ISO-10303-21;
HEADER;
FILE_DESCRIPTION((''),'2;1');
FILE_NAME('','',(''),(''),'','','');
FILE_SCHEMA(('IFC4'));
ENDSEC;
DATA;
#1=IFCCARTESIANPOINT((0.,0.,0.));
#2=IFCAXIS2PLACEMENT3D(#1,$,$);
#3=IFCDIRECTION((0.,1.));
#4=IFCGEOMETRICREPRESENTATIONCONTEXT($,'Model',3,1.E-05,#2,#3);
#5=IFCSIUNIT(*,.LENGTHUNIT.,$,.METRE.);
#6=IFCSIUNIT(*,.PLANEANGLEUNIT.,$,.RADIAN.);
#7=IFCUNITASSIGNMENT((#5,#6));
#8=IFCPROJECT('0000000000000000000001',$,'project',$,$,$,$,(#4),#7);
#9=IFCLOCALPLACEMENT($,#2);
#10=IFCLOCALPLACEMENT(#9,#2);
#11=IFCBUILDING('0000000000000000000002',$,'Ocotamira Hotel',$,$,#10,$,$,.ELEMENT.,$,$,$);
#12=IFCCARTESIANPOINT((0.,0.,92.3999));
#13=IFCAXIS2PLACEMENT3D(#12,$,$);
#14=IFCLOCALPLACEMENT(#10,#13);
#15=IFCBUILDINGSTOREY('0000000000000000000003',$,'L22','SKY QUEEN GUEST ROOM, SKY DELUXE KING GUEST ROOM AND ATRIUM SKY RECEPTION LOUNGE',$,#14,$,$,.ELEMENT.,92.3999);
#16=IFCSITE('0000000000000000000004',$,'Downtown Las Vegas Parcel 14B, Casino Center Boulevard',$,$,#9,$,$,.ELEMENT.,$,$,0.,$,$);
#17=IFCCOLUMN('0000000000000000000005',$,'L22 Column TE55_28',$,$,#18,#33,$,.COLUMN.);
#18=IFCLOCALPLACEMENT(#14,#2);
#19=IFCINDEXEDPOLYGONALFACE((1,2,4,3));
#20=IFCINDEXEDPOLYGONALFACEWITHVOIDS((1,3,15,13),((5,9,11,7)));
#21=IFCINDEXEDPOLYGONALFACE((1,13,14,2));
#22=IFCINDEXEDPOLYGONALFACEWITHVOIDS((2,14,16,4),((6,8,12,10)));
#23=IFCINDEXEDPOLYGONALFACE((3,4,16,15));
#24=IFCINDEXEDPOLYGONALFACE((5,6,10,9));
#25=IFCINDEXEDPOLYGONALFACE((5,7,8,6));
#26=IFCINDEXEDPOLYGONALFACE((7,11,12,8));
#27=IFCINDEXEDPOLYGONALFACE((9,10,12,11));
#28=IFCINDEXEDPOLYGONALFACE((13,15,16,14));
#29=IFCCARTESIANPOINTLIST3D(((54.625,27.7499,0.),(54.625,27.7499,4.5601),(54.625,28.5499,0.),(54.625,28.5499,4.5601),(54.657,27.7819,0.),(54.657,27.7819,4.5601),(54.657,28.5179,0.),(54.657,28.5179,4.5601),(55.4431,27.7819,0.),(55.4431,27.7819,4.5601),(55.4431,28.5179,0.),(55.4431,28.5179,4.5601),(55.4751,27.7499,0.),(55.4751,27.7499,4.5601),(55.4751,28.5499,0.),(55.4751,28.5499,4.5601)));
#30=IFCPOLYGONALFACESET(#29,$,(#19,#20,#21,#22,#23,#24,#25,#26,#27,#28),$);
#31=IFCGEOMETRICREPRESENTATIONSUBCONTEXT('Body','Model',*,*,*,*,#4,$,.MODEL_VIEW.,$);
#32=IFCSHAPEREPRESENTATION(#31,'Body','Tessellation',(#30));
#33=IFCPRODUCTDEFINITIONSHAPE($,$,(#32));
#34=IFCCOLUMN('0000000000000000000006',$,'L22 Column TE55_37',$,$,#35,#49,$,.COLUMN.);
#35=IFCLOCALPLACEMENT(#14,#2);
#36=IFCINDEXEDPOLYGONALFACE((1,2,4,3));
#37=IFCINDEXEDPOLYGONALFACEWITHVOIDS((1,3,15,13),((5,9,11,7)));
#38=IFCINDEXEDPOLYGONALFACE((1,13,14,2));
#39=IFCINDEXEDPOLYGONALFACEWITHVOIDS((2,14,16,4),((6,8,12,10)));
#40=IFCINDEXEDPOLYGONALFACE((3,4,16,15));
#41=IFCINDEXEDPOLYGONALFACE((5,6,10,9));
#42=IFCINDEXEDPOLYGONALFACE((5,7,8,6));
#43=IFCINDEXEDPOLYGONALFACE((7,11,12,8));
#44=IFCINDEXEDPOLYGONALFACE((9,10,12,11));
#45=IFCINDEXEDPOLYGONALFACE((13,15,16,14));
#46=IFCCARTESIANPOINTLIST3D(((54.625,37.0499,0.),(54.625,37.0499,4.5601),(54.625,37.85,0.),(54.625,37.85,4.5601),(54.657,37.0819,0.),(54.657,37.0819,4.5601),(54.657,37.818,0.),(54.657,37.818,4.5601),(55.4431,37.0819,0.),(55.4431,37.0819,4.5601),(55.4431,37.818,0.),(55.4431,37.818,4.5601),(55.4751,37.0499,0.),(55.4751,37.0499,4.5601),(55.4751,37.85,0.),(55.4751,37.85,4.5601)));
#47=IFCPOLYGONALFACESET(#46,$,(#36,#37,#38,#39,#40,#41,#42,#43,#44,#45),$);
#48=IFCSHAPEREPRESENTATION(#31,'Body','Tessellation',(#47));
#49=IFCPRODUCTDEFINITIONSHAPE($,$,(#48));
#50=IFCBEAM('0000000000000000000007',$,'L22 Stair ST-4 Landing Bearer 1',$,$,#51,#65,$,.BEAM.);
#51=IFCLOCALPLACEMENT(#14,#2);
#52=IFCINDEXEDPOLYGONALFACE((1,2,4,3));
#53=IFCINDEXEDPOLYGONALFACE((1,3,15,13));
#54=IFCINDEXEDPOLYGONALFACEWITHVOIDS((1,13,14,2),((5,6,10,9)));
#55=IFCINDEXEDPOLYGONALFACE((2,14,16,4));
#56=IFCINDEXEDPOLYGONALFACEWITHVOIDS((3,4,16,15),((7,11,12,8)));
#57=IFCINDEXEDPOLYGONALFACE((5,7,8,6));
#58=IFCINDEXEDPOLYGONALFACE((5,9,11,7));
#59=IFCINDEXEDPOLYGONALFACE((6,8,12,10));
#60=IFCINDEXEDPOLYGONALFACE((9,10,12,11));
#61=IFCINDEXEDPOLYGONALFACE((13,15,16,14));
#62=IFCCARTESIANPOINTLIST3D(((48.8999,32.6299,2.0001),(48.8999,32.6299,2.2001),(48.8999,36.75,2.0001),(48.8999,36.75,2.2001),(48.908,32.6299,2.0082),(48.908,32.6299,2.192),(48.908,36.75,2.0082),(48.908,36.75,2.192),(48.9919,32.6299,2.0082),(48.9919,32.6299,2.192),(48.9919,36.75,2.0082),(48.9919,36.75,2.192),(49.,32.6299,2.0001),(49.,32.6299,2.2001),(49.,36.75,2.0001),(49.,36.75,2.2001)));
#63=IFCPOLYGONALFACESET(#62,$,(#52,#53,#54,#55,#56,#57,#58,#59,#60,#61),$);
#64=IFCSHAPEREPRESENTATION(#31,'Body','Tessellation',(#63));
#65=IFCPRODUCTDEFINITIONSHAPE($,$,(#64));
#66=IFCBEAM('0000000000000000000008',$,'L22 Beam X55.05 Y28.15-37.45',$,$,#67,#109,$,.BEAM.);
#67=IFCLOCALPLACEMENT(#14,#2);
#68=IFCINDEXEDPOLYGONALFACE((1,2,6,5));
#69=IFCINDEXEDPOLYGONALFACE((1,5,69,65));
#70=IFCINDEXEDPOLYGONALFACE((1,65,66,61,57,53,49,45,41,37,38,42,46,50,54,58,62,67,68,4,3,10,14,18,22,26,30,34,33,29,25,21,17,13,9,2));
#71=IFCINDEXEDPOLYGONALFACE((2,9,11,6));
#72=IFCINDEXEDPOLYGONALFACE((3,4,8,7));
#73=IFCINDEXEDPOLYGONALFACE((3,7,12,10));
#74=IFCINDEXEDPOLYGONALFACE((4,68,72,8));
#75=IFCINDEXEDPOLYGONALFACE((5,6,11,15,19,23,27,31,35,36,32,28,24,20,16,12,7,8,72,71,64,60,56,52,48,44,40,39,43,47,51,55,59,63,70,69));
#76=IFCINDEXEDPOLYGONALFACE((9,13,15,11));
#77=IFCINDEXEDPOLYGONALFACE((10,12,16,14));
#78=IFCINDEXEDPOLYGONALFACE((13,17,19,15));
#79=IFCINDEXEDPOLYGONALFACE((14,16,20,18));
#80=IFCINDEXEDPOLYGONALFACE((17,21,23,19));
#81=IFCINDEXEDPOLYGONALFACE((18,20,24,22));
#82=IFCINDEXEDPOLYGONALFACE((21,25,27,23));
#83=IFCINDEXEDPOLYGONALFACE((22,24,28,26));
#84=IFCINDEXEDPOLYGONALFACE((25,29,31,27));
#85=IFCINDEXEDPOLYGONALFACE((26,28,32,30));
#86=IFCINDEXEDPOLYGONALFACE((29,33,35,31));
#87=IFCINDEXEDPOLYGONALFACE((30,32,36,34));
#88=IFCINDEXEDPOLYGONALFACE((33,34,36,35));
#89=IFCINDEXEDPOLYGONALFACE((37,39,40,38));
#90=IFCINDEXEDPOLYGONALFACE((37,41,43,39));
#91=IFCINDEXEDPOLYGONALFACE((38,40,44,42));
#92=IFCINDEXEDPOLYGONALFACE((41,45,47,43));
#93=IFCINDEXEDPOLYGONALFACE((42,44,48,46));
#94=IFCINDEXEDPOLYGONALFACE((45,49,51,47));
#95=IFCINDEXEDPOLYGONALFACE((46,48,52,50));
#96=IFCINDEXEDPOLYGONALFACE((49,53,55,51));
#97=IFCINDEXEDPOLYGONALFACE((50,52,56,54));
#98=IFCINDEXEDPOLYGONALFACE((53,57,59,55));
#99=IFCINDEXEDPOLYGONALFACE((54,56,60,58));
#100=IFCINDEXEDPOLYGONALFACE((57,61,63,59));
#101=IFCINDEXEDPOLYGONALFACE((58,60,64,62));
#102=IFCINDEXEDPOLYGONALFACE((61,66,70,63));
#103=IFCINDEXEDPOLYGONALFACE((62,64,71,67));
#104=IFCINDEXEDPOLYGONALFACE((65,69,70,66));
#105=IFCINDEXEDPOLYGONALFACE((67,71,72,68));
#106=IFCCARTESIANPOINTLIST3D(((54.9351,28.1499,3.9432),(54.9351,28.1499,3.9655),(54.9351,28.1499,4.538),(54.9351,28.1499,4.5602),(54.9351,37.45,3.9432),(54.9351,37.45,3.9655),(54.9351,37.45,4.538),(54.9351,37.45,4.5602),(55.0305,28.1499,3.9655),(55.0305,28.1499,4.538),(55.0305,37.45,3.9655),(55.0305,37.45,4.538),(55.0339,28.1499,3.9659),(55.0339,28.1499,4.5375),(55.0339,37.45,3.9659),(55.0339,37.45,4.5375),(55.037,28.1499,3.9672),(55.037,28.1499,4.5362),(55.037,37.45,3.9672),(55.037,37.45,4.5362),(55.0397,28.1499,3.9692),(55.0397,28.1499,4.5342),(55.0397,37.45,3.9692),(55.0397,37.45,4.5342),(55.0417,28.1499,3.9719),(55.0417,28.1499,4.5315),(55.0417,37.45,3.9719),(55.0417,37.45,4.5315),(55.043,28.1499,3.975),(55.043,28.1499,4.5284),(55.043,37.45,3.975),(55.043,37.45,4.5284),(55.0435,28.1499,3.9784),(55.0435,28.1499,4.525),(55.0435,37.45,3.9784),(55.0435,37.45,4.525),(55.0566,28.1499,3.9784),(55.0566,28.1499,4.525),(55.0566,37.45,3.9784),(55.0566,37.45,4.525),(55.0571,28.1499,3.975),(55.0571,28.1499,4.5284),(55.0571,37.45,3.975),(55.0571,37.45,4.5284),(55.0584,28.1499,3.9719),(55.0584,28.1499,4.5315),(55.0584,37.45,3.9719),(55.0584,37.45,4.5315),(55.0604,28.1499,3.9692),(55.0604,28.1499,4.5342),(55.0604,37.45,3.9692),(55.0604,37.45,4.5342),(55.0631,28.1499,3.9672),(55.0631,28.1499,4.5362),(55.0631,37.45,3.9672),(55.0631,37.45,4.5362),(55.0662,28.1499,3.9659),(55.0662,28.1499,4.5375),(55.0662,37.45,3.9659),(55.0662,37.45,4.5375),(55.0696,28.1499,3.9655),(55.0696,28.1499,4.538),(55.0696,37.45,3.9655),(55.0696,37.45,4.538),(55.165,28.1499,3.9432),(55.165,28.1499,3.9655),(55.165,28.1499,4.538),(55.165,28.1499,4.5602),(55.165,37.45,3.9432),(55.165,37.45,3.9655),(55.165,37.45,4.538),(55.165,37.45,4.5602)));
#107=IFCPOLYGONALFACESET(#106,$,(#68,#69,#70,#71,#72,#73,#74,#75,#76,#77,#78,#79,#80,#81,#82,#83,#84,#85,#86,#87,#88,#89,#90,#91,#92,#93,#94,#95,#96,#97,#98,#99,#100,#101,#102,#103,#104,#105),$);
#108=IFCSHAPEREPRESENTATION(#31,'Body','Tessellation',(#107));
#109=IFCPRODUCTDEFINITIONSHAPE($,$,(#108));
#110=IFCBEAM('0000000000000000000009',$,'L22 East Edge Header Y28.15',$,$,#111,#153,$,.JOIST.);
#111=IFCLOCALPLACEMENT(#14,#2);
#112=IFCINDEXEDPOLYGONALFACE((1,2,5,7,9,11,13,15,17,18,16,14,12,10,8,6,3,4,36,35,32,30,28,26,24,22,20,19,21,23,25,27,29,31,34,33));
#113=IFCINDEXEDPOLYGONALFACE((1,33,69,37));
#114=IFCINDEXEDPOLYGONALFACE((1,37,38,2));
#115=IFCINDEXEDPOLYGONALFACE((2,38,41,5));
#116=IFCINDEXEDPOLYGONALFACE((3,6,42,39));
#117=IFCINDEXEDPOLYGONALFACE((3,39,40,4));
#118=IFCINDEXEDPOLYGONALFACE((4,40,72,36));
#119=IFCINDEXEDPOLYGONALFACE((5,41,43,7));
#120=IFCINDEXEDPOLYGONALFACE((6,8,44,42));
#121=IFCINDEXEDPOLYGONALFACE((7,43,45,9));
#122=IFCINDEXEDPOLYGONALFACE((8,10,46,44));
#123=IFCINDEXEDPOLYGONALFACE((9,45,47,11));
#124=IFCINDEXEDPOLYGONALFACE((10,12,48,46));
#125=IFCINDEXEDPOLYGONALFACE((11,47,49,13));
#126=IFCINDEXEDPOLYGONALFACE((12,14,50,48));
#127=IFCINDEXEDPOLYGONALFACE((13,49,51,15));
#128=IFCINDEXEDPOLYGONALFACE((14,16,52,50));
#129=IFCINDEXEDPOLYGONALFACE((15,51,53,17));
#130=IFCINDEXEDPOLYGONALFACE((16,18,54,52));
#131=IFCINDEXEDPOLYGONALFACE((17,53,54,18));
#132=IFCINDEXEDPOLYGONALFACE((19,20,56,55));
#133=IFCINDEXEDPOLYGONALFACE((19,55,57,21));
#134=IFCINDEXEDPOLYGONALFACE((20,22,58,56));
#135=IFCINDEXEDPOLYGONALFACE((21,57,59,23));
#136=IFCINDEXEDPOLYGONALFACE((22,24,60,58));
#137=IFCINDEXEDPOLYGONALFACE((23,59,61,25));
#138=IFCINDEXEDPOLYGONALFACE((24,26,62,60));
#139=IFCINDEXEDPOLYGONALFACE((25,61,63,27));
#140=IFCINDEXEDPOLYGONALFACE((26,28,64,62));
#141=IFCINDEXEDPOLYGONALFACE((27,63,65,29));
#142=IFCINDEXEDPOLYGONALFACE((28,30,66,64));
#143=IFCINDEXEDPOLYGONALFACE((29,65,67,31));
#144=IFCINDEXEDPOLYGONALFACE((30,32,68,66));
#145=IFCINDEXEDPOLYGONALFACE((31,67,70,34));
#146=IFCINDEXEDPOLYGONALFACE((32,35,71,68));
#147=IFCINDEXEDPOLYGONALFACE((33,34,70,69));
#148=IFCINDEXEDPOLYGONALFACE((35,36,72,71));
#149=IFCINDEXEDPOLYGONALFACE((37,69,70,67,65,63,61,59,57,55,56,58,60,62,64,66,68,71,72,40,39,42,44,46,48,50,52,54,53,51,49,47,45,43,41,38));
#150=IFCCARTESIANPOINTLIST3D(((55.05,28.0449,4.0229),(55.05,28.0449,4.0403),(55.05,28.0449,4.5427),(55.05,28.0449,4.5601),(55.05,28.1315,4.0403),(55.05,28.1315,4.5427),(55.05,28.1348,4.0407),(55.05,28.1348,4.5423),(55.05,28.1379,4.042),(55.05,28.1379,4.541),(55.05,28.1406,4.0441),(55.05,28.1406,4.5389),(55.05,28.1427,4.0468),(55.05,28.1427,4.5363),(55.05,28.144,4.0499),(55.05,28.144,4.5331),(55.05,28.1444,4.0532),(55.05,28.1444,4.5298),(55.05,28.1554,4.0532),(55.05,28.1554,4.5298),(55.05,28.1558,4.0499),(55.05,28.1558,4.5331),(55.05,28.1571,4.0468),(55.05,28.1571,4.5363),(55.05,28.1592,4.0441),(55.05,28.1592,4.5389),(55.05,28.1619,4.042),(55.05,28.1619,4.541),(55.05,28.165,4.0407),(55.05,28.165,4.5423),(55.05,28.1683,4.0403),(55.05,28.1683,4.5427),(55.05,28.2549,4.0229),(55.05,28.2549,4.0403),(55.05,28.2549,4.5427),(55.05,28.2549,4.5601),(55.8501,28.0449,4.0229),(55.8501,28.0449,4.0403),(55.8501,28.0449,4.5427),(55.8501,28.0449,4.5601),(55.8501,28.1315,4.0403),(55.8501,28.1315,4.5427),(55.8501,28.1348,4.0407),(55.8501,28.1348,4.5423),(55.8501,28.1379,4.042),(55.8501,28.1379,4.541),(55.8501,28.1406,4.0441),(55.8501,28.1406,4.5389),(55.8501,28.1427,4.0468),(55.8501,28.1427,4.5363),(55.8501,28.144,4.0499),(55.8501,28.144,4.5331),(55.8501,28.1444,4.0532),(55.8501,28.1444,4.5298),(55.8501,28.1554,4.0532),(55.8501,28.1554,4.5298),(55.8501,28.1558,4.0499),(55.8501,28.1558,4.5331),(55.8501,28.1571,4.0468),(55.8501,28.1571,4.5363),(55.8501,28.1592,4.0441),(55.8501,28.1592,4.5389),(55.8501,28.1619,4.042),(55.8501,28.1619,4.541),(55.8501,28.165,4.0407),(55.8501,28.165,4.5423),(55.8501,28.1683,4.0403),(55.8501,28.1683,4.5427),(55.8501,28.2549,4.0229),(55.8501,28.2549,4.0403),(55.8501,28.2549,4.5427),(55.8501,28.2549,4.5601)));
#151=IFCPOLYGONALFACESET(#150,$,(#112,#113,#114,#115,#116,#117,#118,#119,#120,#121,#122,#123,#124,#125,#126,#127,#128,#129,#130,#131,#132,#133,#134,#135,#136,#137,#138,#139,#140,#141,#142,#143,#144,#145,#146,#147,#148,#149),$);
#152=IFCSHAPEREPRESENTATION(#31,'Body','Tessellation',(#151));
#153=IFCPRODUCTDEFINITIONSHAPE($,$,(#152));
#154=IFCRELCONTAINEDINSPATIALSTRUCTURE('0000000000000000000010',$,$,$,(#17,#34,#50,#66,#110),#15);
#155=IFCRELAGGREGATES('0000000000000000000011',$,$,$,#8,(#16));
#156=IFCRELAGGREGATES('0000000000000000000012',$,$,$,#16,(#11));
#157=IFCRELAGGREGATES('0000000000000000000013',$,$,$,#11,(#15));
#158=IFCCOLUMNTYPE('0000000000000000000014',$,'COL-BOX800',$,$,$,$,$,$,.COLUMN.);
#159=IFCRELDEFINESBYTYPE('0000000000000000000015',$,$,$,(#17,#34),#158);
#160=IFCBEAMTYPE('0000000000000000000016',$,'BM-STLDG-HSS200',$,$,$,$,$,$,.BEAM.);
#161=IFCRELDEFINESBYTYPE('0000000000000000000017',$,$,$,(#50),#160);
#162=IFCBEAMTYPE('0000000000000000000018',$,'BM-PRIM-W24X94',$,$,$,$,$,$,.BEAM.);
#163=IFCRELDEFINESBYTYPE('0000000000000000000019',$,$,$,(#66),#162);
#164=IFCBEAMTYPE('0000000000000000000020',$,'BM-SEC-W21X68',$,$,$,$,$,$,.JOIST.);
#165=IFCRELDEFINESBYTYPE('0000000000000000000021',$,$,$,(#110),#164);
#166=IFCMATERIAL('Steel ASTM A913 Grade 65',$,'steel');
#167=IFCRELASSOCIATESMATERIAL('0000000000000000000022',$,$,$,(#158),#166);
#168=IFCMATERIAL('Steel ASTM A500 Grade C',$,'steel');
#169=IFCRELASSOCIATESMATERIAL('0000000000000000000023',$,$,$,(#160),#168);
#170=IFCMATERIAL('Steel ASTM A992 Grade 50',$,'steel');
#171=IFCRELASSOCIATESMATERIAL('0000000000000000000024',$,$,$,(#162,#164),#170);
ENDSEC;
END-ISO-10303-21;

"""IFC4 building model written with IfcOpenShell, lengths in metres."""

from ifc_helpers import new_model, si_unit, direction, frame, origin, origin_2d, place, context, subcontext, project, spatial, hollow_rectangle, i_section, extrude, source, transform, mapped, material, material_profile, profile_set, type_object, element, save


model = new_model("IFC4")

# Units and contexts
model_context = context("Model", 3, precision=1e-05, world=origin(), true_north=direction((0.0, 1.0)))
body_context = subcontext(model_context, "Body", "Model", "MODEL_VIEW")
ifc_project = project(units=[si_unit("LENGTHUNIT", "METRE"), si_unit("PLANEANGLEUNIT", "RADIAN")], contexts=[model_context])

# Site, building, storey
site_placement = place(None, origin())
site = spatial("IfcSite", under=ifc_project, at=site_placement, Name="Downtown Las Vegas Parcel 14B, Casino Center Boulevard", CompositionType="ELEMENT", RefElevation=0.0)
building_placement = place(site_placement, origin())
building = spatial("IfcBuilding", under=site, at=building_placement, Name="Ocotamira Hotel", CompositionType="ELEMENT")
storey_placement = place(building_placement, frame((0.0, 0.0, 92.3999)))
storey = spatial("IfcBuildingStorey", under=building, at=storey_placement, Name="L22", Description="SKY QUEEN GUEST ROOM, SKY DELUXE KING GUEST ROOM AND ATRIUM SKY RECEPTION LOUNGE", CompositionType="ELEMENT", Elevation=92.3999)

# Columns
ifc_material_1 = material(Name="Steel ASTM A913 Grade 65", Category="steel")
ifc_material_profile_1 = material_profile(ifc_material_1, hollow_rectangle(XDim=0.8501, YDim=0.8, WallThickness=0.032, at=origin_2d()), Name="BOX800X850X32")
ifc_profile_set_1 = profile_set([ifc_material_profile_1], Name="Steel ASTM A913 Grade 65")
column_type = type_object("IfcColumnType", Name="COL-BOX800", PredefinedType="COLUMN", material=ifc_profile_set_1)
shared_shape_1 = source(origin(), body_context, "Body", "SweptSolid", [
    extrude(hollow_rectangle(XDim=0.8501, YDim=0.8, WallThickness=0.032, at=origin_2d()), origin(), (0.0, 0.0, 1.0), 4.5601),
])
for number, where, z_axis, x_axis, name in (
    (1, (55.05, 28.1499, 0.0), (0.0, 0.0, 1.0), (1.0, 0.0, 0.0), "L22 Column TE55_28"),
    (2, (55.05, 37.45, 0.0), (0.0, 0.0, 1.0), (1.0, 0.0, 0.0), "L22 Column TE55_37"),
):
    element("IfcColumn", number, at=place(storey_placement, frame(where, z_axis=z_axis, x_axis=x_axis)), inside=storey, type_object=column_type, Name=name, PredefinedType="COLUMN", context=body_context, shape_type="MappedRepresentation", body=[
        mapped(shared_shape_1, transform((0.0, 0.0, 0.0), scale=1.0)),
    ])

# Beams
ifc_material_2 = material(Name="Steel ASTM A500 Grade C", Category="steel")
ifc_material_profile_2 = material_profile(ifc_material_2, hollow_rectangle(XDim=0.1001, YDim=0.2, WallThickness=0.0081, at=origin_2d()), Name="HSS200X100X8")
ifc_profile_set_2 = profile_set([ifc_material_profile_2], Name="Steel ASTM A500 Grade C")
beam_type_1 = type_object("IfcBeamType", Name="BM-STLDG-HSS200", PredefinedType="BEAM", material=ifc_profile_set_2)
shared_shape_2 = source(origin(), body_context, "Body", "SweptSolid", [
    extrude(hollow_rectangle(XDim=0.1001, YDim=0.2, WallThickness=0.0081, at=origin_2d()), origin(), (0.0, 0.0, 1.0), 4.1201),
])
beam_1_placement = place(storey_placement, frame((48.95, 32.6299, 2.1001), z_axis=(0.0, 1.0, 0.0), x_axis=(-1.0, 0.0, 0.0)))
element("IfcBeam", 3, at=beam_1_placement, inside=storey, type_object=beam_type_1, Name="L22 Stair ST-4 Landing Bearer 1", PredefinedType="BEAM", context=body_context, shape_type="MappedRepresentation", body=[
    mapped(shared_shape_2, transform((0.0, 0.0, 0.0), scale=1.0)),
])
ifc_material_3 = material(Name="Steel ASTM A992 Grade 50", Category="steel")
ifc_material_profile_3 = material_profile(ifc_material_3, i_section(OverallWidth=0.23, OverallDepth=0.6169, WebThickness=0.0132, FlangeThickness=0.0222, FilletRadius=0.0129, at=origin_2d()), Name="W24X94")
ifc_profile_set_3 = profile_set([ifc_material_profile_3], Name="Steel ASTM A992 Grade 50")
beam_type_2 = type_object("IfcBeamType", Name="BM-PRIM-W24X94", PredefinedType="BEAM", material=ifc_profile_set_3)
shared_shape_3 = source(origin(), body_context, "Body", "SweptSolid", [
    extrude(i_section(OverallWidth=0.23, OverallDepth=0.6169, WebThickness=0.0132, FlangeThickness=0.0222, FilletRadius=0.0129, at=origin_2d()), origin(), (0.0, 0.0, 1.0), 9.3),
])
beam_2_placement = place(storey_placement, frame((55.05, 28.1499, 4.2517), z_axis=(0.0, 1.0, 0.0), x_axis=(-1.0, 0.0, 0.0)))
element("IfcBeam", 4, at=beam_2_placement, inside=storey, type_object=beam_type_2, Name="L22 Beam X55.05 Y28.15-37.45", PredefinedType="BEAM", context=body_context, shape_type="MappedRepresentation", body=[
    mapped(shared_shape_3, transform((0.0, 0.0, 0.0), scale=1.0)),
])
ifc_material_profile_4 = material_profile(ifc_material_3, i_section(OverallWidth=0.21, OverallDepth=0.5371, WebThickness=0.011, FlangeThickness=0.0173, FilletRadius=0.0129, at=origin_2d()), Name="W21X68")
ifc_profile_set_4 = profile_set([ifc_material_profile_4], Name="Steel ASTM A992 Grade 50")
beam_type_3 = type_object("IfcBeamType", Name="BM-SEC-W21X68", PredefinedType="JOIST", material=ifc_profile_set_4)
shared_shape_4 = source(origin(), body_context, "Body", "SweptSolid", [
    extrude(i_section(OverallWidth=0.21, OverallDepth=0.5371, WebThickness=0.011, FlangeThickness=0.0173, FilletRadius=0.0129, at=origin_2d()), origin(), (0.0, 0.0, 1.0), 0.8),
])
for number, where, z_axis, x_axis, name in (
    (5, (55.05, 28.1499, 4.2915), (1.0, 0.0, 0.0), (0.0, 1.0, 0.0), "L22 East Edge Header Y28.15"),
):
    element("IfcBeam", number, at=place(storey_placement, frame(where, z_axis=z_axis, x_axis=x_axis)), inside=storey, type_object=beam_type_3, Name=name, PredefinedType="JOIST", context=body_context, shape_type="MappedRepresentation", body=[
        mapped(shared_shape_4, transform((0.0, 0.0, 0.0), scale=1.0)),
    ])

save(model, "model.ifc")
